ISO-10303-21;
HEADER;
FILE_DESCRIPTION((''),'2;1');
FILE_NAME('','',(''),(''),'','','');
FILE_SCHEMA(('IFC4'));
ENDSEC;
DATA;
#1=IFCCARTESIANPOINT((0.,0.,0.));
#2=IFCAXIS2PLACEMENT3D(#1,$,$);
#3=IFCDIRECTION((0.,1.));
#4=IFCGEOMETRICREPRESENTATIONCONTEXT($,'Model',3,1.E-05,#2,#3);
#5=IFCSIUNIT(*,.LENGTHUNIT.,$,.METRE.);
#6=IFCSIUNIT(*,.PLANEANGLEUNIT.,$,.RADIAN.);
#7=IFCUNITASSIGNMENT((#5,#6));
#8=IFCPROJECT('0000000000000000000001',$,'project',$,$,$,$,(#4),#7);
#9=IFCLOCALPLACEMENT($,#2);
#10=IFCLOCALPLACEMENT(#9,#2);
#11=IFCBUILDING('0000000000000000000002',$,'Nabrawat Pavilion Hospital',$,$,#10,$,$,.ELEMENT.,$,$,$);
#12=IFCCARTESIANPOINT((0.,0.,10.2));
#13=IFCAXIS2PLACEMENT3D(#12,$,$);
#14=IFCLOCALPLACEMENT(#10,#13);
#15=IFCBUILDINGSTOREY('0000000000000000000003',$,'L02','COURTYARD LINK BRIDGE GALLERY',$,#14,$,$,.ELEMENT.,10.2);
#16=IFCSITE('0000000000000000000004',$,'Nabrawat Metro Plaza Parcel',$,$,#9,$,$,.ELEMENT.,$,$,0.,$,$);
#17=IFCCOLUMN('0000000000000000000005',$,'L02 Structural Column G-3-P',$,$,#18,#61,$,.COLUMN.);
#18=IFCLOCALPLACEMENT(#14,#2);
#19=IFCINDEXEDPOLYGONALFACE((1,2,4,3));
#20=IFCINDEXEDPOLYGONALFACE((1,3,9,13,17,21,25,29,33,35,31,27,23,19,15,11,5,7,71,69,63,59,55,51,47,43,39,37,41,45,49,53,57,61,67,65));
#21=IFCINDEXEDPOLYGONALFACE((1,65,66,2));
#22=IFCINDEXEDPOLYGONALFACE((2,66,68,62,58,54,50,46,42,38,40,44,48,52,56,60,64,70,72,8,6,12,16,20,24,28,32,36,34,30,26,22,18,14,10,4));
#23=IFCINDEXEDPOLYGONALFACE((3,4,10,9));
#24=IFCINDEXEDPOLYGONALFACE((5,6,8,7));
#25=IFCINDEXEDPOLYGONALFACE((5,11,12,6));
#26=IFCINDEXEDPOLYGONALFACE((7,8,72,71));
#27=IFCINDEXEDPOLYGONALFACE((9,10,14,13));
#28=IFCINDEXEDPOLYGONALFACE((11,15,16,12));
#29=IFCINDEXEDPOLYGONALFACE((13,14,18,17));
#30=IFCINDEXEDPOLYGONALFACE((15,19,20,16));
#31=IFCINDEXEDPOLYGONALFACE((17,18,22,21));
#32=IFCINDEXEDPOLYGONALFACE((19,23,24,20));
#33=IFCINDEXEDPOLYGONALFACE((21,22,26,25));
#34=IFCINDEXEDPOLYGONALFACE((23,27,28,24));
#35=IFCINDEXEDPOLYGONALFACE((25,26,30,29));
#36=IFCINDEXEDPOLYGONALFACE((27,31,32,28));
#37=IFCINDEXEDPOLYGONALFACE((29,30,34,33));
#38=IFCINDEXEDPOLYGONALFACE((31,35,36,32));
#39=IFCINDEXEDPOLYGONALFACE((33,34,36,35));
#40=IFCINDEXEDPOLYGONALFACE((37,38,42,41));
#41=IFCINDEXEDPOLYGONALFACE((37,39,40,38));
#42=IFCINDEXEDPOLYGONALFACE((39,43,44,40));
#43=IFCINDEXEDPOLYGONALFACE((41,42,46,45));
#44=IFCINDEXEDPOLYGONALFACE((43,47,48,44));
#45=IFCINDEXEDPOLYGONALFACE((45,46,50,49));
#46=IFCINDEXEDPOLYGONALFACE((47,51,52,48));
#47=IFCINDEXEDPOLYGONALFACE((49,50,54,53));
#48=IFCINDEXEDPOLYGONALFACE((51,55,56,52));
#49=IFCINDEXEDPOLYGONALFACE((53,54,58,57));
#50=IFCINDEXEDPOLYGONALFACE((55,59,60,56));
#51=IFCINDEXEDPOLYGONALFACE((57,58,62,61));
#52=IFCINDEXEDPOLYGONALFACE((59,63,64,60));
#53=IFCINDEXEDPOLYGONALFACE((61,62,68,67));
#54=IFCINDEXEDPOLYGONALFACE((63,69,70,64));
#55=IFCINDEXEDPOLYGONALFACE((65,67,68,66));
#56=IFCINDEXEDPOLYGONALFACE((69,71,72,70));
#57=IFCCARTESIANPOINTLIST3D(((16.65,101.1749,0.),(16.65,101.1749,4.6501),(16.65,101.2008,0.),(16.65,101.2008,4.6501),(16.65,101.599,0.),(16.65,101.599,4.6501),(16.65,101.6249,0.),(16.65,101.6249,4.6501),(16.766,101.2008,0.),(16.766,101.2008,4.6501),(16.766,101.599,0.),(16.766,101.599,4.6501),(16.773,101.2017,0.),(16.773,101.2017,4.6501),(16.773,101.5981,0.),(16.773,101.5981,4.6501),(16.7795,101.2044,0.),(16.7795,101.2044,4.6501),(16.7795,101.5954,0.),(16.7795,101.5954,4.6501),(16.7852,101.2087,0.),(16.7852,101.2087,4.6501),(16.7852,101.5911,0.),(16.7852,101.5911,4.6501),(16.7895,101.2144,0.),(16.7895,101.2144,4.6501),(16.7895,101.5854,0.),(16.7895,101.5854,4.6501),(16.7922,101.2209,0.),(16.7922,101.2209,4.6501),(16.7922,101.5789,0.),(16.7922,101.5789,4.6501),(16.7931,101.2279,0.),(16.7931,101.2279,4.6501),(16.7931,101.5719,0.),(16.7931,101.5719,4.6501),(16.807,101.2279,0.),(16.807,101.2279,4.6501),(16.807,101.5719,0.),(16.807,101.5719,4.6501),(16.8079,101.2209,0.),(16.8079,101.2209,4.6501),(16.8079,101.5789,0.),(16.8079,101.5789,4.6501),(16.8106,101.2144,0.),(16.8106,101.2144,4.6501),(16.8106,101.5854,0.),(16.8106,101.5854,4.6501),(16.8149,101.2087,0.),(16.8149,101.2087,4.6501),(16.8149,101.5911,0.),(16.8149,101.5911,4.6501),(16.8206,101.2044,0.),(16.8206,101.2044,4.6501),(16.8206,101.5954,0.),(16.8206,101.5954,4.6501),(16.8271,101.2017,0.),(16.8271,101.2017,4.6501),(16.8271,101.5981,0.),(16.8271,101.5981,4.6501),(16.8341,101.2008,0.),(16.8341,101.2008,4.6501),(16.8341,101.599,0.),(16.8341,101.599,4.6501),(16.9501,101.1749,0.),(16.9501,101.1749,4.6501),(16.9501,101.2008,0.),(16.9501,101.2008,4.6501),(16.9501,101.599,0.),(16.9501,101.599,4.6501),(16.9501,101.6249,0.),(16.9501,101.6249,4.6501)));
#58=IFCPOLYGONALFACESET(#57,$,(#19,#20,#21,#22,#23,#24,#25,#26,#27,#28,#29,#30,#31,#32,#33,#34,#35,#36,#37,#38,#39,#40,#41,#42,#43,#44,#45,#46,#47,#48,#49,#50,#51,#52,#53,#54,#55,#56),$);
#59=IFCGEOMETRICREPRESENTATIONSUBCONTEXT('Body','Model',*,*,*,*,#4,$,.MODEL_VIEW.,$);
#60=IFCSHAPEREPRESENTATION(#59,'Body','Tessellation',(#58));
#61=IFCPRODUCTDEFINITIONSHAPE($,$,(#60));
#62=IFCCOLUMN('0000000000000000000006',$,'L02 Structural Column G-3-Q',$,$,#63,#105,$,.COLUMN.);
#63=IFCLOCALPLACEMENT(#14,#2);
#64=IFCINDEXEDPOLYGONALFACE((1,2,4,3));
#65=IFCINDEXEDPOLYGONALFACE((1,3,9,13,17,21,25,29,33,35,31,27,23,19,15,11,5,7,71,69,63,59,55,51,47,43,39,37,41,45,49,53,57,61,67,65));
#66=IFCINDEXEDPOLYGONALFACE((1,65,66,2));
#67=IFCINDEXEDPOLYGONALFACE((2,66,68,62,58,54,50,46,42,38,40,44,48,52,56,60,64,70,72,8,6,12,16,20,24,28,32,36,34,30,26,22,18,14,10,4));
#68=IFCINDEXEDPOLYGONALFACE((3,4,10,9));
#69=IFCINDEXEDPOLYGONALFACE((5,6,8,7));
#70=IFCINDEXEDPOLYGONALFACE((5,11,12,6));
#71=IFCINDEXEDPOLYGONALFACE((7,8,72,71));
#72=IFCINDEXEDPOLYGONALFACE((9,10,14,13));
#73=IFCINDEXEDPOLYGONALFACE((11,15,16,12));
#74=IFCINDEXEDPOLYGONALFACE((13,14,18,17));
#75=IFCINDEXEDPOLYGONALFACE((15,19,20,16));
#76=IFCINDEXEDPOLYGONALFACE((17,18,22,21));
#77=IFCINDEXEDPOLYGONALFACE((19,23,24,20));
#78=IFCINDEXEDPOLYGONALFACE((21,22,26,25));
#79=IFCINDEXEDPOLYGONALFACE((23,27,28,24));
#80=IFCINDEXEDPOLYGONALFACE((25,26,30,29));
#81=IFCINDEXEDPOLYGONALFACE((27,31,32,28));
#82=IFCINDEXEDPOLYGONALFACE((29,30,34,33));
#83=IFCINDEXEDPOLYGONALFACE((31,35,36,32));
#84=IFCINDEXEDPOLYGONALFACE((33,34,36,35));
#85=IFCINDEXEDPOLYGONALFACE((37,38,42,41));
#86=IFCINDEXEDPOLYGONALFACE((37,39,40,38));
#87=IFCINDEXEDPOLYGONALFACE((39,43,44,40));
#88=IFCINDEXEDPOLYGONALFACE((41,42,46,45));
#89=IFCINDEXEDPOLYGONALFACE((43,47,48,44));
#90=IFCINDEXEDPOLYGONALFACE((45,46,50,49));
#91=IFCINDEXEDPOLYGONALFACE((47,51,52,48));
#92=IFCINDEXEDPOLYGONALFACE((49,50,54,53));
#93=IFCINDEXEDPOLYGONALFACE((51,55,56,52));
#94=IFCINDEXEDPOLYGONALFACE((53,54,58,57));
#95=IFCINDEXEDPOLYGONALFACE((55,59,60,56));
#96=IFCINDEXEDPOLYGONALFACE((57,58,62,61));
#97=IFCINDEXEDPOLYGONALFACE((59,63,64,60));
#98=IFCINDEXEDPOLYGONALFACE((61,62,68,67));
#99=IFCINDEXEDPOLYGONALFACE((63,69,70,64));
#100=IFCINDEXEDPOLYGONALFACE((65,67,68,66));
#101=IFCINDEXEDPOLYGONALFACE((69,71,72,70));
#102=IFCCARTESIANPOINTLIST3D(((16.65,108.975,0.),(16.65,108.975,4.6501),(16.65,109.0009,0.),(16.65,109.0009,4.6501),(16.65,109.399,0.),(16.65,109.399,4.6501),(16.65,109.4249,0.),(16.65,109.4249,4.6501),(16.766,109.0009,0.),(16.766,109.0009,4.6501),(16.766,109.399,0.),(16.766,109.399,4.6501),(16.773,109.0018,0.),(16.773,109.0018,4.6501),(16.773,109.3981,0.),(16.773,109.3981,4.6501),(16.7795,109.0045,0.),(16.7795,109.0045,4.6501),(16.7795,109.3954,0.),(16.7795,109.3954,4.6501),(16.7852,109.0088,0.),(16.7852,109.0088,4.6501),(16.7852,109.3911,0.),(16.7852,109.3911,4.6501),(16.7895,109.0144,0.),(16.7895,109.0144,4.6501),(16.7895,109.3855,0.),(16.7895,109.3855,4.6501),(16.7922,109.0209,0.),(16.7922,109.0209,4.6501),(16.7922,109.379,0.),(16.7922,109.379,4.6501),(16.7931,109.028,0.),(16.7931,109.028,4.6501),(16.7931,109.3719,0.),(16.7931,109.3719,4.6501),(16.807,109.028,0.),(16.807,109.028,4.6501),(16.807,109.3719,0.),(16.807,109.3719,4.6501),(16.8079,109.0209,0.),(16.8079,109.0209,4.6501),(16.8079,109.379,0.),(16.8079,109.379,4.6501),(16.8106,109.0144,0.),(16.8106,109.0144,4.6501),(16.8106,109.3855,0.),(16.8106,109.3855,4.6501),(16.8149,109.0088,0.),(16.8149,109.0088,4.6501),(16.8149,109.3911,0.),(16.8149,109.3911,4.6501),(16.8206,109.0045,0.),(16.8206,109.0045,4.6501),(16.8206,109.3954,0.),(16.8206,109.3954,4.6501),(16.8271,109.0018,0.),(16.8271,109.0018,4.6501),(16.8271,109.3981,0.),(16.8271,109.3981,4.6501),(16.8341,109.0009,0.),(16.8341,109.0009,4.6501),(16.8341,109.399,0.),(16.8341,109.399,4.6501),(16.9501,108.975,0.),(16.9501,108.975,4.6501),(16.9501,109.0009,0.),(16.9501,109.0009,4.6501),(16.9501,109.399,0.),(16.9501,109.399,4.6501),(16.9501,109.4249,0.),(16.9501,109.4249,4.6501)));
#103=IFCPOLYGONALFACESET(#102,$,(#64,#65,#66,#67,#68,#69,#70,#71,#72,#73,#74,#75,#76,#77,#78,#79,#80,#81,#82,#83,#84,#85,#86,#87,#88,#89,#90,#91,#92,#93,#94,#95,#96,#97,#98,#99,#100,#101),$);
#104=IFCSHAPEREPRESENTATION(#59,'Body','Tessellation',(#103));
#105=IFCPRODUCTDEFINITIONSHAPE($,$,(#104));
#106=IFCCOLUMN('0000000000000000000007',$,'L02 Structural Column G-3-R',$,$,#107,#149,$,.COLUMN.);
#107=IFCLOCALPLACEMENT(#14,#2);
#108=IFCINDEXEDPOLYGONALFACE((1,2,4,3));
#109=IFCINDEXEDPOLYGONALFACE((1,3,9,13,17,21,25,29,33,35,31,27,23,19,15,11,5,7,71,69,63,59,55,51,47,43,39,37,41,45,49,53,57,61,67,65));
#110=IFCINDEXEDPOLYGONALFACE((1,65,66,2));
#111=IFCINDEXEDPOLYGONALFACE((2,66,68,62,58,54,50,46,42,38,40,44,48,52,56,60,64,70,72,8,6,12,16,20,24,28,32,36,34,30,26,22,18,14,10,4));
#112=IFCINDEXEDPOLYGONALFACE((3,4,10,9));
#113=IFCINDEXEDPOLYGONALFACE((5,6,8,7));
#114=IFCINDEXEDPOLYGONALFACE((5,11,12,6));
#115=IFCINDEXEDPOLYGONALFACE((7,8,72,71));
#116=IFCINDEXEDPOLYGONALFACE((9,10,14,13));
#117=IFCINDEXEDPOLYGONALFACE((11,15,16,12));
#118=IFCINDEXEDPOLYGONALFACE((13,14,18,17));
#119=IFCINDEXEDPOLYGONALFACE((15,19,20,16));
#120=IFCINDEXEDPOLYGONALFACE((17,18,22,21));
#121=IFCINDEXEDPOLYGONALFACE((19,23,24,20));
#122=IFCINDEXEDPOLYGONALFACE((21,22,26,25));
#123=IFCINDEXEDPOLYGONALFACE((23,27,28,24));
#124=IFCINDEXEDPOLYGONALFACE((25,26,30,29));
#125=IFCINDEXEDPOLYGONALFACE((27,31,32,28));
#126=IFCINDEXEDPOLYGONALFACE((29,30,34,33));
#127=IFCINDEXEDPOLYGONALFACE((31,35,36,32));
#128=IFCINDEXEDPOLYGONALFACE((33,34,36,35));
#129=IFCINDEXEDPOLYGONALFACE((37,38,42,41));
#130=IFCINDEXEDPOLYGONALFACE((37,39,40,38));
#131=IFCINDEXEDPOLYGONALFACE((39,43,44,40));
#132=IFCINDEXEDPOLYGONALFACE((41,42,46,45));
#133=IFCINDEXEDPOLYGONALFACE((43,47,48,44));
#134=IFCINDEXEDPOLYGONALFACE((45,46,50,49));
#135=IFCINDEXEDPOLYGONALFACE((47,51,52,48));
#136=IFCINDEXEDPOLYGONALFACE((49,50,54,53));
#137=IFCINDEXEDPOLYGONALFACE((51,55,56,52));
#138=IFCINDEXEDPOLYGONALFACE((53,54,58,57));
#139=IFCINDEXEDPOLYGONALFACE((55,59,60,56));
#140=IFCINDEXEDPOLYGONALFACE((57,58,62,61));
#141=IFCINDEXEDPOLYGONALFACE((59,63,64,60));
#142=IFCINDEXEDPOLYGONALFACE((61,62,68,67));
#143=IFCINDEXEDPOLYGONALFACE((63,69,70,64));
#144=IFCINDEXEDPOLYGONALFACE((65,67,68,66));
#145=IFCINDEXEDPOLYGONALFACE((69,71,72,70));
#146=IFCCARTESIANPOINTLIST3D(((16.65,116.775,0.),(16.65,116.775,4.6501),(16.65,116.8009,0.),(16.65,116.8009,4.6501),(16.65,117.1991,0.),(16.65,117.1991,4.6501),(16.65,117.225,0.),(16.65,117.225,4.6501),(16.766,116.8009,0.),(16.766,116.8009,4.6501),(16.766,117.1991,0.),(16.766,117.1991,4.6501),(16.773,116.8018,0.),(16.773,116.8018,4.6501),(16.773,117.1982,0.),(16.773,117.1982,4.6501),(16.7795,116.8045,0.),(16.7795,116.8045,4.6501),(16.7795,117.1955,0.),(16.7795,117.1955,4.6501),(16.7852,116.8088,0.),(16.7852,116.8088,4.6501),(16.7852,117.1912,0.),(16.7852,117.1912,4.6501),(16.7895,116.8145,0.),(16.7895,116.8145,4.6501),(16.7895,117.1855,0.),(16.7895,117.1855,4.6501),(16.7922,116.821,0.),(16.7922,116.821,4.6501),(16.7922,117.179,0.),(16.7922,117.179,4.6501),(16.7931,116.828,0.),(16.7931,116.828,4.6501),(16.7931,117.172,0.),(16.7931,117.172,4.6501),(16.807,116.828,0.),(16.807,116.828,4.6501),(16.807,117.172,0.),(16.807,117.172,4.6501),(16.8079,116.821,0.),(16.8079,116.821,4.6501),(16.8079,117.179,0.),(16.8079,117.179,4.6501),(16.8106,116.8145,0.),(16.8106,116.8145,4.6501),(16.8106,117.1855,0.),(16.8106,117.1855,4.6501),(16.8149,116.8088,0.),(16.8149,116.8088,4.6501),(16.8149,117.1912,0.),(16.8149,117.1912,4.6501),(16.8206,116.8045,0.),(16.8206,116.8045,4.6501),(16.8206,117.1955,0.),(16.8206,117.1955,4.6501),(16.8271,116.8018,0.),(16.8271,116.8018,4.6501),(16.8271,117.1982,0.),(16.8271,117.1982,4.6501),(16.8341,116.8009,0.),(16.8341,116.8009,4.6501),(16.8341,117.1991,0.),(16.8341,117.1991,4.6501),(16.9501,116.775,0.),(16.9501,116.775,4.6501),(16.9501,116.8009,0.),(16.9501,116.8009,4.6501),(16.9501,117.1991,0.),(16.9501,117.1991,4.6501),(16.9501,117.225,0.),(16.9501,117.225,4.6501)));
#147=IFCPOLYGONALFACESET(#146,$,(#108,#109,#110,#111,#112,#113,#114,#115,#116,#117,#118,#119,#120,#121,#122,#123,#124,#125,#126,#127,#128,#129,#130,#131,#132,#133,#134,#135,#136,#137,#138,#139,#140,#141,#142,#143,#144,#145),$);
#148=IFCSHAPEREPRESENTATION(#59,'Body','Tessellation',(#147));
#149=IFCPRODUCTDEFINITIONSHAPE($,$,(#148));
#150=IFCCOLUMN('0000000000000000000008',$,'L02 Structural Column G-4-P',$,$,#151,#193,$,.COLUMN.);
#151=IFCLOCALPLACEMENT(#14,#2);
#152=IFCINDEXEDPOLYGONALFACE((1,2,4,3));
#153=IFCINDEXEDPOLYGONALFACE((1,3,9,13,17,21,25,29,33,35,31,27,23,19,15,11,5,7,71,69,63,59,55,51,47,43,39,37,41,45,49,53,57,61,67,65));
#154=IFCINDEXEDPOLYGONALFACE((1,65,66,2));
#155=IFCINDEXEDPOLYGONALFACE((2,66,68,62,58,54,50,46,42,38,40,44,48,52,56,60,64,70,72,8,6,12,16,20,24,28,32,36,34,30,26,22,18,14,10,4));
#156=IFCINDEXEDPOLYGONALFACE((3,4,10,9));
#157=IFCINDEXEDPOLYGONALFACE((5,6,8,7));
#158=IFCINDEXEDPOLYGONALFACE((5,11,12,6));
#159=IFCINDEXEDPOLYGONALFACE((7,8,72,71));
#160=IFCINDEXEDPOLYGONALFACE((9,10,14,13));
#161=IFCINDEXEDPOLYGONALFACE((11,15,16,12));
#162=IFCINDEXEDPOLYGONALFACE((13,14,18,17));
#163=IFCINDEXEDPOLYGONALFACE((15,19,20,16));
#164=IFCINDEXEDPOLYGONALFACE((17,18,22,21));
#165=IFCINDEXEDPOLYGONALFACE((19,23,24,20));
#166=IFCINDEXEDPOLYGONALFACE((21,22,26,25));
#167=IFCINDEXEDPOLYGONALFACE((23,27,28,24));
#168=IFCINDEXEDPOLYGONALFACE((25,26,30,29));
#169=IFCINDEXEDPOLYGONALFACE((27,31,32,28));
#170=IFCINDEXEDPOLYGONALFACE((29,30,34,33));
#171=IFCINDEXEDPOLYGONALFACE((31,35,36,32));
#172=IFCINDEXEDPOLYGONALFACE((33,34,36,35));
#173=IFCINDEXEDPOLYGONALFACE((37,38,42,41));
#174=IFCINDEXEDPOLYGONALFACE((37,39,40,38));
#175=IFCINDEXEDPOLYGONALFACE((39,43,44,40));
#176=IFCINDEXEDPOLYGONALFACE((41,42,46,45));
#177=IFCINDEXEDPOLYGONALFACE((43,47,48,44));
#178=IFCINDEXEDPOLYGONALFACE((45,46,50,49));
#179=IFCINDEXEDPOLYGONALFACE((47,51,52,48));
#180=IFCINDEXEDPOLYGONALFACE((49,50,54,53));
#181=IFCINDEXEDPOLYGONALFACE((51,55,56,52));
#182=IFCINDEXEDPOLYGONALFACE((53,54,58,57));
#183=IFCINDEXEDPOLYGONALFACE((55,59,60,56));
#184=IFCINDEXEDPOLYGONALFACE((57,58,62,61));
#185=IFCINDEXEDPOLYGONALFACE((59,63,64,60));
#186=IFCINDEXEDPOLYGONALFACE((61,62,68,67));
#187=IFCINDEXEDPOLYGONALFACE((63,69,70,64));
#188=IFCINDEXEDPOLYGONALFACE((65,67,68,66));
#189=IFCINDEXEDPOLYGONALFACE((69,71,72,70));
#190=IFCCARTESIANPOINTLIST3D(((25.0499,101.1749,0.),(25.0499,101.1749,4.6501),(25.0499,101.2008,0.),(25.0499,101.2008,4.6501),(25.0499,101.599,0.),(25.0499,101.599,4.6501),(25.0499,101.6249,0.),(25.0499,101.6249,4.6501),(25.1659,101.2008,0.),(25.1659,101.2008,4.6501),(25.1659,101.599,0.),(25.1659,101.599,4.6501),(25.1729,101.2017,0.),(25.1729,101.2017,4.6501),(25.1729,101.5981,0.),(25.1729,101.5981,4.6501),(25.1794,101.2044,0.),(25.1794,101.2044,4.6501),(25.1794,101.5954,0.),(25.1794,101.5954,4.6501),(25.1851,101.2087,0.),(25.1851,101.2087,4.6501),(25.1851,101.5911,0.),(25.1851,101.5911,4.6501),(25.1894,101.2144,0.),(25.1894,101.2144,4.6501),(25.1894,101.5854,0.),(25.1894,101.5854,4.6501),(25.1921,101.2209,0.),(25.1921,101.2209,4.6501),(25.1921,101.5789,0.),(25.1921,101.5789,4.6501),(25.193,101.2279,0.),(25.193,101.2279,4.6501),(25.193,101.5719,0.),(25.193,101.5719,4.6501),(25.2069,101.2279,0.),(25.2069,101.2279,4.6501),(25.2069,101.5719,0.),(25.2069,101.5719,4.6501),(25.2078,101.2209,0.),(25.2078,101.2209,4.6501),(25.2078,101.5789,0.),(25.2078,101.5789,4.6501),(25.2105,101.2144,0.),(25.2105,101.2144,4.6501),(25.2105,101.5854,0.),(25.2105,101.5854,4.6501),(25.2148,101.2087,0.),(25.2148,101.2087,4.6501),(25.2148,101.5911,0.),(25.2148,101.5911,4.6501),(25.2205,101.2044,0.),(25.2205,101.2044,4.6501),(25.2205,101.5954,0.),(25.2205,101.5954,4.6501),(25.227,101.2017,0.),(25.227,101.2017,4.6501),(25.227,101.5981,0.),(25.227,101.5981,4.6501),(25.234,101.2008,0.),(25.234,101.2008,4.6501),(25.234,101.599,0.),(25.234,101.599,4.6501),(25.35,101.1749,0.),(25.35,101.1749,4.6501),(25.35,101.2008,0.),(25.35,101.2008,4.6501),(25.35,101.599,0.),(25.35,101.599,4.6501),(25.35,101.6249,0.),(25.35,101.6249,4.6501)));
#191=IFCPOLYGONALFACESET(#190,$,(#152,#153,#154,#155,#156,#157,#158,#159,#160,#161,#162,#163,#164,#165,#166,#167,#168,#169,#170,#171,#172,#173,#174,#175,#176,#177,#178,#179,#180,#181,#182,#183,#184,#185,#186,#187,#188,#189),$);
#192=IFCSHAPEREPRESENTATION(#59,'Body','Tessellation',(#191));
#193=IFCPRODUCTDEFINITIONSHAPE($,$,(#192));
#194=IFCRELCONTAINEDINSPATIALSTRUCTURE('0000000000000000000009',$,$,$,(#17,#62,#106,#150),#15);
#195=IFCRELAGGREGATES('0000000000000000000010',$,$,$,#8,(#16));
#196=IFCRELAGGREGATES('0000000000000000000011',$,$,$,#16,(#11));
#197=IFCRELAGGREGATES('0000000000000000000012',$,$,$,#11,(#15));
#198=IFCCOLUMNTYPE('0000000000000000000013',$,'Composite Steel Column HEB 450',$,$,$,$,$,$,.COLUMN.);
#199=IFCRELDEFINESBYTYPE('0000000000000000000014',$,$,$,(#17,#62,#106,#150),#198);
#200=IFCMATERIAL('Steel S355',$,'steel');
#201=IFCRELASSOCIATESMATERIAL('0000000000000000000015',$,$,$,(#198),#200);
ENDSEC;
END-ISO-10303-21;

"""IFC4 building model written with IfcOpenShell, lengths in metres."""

from ifc_helpers import new_model, si_unit, direction, frame, origin, origin_2d, place, context, subcontext, project, spatial, i_section, extrude, material, material_profile, profile_set, type_object, element, save


model = new_model("IFC4")

# Units and contexts
model_context = context("Model", 3, precision=1e-05, world=origin(), true_north=direction((0.0, 1.0)))
body_context = subcontext(model_context, "Body", "Model", "MODEL_VIEW")
ifc_project = project(units=[si_unit("LENGTHUNIT", "METRE"), si_unit("PLANEANGLEUNIT", "RADIAN")], contexts=[model_context])

# Site, building, storey
site_placement = place(None, origin())
site = spatial("IfcSite", under=ifc_project, at=site_placement, Name="Nabrawat Metro Plaza Parcel", CompositionType="ELEMENT", RefElevation=0.0)
building_placement = place(site_placement, origin())
building = spatial("IfcBuilding", under=site, at=building_placement, Name="Nabrawat Pavilion Hospital", CompositionType="ELEMENT")
storey_placement = place(building_placement, frame((0.0, 0.0, 10.2)))
storey = spatial("IfcBuildingStorey", under=building, at=storey_placement, Name="L02", Description="COURTYARD LINK BRIDGE GALLERY", CompositionType="ELEMENT", Elevation=10.2)

# Columns
ifc_material_1 = material(Name="Steel S355", Category="steel")
ifc_material_profile_1 = material_profile(ifc_material_1, i_section(OverallWidth=0.3, OverallDepth=0.45, WebThickness=0.0139, FlangeThickness=0.0259, FilletRadius=0.0271, at=origin_2d()), Name="HEB 450")
ifc_profile_set_1 = profile_set([ifc_material_profile_1], Name="Steel S355")
column_type = type_object("IfcColumnType", Name="Composite Steel Column HEB 450", PredefinedType="COLUMN", material=ifc_profile_set_1)
for number, where, z_axis, x_axis, name in (
    (1, (16.8, 101.3999, 0.0), (0.0, 0.0, 1.0), (1.0, 0.0, 0.0), "L02 Structural Column G-3-P"),
    (2, (16.8, 109.2, 0.0), (0.0, 0.0, 1.0), (1.0, 0.0, 0.0), "L02 Structural Column G-3-Q"),
    (3, (16.8, 117.0, 0.0), (0.0, 0.0, 1.0), (1.0, 0.0, 0.0), "L02 Structural Column G-3-R"),
    (4, (25.2, 101.3999, 0.0), (0.0, 0.0, 1.0), (1.0, 0.0, 0.0), "L02 Structural Column G-4-P"),
):
    element("IfcColumn", number, at=place(storey_placement, frame(where, z_axis=z_axis, x_axis=x_axis)), inside=storey, type_object=column_type, Name=name, PredefinedType="COLUMN", context=body_context, shape_type="SweptSolid", body=[
        extrude(i_section(OverallWidth=0.3, OverallDepth=0.45, WebThickness=0.0139, FlangeThickness=0.0259, FilletRadius=0.0271, at=origin_2d()), origin(), (0.0, 0.0, 1.0), 4.6501),
    ])

save(model, "model.ifc")
